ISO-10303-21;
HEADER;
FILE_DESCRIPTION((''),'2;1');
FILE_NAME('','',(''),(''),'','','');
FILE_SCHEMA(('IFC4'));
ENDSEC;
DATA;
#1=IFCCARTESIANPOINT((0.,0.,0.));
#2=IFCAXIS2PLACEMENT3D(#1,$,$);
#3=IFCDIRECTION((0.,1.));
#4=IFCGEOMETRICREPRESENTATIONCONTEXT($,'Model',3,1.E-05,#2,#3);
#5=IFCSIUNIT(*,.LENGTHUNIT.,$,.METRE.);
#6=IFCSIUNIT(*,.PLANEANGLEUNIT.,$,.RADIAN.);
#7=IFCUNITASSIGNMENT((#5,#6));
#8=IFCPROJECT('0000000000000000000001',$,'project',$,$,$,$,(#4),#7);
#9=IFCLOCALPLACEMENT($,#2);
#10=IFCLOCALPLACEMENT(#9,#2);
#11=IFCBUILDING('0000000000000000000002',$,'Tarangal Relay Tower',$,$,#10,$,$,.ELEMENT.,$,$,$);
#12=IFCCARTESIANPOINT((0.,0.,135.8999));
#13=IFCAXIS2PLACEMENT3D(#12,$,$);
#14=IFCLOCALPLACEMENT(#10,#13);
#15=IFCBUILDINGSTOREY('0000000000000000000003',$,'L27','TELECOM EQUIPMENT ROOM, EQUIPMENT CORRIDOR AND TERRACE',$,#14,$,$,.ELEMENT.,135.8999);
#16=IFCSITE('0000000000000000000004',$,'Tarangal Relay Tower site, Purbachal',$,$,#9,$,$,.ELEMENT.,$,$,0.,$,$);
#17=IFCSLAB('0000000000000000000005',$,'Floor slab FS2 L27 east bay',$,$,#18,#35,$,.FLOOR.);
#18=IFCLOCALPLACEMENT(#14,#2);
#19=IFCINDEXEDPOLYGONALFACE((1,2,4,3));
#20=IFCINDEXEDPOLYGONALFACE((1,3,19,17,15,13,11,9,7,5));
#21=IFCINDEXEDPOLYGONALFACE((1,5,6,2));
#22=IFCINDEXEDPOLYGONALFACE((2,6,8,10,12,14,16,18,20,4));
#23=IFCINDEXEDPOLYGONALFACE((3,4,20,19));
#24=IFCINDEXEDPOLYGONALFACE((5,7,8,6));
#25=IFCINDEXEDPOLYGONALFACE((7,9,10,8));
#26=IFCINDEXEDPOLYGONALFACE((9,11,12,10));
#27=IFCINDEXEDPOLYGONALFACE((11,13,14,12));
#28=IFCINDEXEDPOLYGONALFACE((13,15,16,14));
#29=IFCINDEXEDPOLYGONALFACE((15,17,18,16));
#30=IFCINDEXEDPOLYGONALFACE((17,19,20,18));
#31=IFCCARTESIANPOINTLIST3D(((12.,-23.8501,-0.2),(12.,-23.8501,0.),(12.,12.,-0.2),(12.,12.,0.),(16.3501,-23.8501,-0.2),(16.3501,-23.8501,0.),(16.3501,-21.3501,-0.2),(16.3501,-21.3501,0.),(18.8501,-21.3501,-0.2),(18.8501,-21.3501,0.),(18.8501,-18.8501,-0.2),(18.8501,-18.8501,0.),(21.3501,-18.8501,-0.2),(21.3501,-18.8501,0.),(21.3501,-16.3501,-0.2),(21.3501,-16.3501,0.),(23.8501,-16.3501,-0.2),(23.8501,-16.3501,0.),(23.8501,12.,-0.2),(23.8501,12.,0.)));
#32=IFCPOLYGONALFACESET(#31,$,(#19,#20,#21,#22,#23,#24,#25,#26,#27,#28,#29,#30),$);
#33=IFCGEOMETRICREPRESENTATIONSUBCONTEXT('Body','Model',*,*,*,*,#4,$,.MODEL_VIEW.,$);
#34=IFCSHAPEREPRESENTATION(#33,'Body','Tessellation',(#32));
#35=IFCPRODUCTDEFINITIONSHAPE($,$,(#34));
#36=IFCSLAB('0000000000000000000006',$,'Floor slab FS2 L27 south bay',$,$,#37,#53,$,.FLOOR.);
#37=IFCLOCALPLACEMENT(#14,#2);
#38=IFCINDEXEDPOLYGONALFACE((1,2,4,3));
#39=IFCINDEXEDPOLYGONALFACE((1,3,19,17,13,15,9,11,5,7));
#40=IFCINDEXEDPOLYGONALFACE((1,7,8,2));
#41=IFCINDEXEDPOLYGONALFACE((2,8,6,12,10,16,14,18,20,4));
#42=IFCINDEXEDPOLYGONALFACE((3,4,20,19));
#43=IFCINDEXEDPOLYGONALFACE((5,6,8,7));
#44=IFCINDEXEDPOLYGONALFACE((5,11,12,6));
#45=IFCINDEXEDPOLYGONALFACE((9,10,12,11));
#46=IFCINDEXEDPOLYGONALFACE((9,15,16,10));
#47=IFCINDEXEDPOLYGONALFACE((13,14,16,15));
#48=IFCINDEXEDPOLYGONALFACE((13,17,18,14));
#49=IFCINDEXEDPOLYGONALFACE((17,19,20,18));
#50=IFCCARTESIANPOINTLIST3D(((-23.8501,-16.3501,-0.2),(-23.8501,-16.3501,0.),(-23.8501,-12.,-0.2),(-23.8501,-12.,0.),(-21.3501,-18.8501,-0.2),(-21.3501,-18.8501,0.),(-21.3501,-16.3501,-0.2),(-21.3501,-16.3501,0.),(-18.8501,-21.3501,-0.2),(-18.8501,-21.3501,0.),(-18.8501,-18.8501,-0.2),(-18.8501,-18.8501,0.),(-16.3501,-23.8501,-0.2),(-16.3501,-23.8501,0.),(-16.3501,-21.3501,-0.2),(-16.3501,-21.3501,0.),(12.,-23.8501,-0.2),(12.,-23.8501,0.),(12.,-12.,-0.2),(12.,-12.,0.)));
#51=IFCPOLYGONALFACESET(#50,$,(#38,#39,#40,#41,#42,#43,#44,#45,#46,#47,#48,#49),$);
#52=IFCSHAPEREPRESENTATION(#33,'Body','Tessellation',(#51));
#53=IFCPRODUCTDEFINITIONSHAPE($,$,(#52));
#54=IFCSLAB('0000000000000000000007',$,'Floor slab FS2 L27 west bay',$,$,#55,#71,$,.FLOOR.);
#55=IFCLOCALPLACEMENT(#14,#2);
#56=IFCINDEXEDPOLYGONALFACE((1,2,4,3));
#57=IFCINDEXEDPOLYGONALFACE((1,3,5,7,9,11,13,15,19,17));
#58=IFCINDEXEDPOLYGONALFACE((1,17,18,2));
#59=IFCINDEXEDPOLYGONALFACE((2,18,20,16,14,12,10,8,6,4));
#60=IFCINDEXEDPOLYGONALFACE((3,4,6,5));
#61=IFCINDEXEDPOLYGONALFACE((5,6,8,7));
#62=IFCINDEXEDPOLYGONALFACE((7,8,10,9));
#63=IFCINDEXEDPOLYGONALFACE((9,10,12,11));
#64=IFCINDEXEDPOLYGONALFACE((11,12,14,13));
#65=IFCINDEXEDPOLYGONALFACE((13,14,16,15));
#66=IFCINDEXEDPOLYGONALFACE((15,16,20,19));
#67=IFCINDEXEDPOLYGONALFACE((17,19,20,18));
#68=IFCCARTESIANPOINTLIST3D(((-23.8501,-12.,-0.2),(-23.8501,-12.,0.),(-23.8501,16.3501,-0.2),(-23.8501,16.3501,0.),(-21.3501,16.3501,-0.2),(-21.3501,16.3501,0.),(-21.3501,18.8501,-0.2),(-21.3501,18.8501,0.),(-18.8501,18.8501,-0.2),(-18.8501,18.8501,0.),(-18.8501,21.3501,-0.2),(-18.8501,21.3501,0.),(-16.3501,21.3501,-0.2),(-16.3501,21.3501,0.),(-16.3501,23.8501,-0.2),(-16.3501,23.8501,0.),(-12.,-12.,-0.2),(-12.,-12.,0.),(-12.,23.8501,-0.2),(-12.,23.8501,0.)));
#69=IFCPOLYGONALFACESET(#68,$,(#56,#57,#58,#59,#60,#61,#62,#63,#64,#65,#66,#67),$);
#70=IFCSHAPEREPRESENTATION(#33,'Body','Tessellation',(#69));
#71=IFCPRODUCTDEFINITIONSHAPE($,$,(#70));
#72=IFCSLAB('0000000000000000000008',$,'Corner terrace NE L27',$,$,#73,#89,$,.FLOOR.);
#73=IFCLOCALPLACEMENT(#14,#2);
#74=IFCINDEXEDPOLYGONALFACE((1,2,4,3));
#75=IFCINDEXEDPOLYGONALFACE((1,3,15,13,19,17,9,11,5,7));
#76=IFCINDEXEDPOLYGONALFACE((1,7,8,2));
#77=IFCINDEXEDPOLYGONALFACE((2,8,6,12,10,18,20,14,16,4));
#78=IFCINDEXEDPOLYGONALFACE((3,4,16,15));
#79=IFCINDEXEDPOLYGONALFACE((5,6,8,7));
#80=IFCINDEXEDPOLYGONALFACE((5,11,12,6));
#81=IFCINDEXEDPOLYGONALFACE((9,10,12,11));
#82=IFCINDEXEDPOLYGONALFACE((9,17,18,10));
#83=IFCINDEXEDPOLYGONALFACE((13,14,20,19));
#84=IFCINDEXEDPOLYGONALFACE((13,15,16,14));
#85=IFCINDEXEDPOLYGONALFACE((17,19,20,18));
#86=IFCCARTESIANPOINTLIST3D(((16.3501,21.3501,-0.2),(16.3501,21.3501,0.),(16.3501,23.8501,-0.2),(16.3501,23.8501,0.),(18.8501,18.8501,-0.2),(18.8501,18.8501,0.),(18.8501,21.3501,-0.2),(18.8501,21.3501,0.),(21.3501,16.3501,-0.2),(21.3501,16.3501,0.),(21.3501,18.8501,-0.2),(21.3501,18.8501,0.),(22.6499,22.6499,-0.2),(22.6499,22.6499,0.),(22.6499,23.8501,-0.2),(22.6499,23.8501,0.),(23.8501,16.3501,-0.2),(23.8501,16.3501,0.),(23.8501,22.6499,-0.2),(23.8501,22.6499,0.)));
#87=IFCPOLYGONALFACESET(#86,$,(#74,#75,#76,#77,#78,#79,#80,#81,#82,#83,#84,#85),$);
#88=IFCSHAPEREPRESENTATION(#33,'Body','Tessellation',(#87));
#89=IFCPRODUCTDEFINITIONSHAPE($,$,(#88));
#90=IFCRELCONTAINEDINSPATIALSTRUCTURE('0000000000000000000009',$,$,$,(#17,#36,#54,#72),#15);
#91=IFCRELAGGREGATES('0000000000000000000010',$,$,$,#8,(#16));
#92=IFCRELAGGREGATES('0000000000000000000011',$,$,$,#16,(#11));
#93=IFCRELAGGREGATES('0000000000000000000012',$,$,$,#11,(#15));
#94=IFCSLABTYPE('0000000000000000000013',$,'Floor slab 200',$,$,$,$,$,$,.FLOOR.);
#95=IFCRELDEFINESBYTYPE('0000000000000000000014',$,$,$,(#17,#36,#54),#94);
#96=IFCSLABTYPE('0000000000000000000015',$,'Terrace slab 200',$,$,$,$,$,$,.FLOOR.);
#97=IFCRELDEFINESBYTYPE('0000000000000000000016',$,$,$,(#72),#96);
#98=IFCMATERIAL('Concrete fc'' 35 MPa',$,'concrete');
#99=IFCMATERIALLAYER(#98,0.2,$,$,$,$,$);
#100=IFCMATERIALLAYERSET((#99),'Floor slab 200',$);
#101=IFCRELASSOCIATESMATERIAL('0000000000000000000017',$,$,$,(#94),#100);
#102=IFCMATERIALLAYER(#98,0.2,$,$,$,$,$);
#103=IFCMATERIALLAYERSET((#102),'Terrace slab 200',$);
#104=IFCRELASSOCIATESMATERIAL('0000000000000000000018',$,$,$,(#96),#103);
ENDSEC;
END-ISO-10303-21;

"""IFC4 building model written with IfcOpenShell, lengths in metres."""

from ifc_helpers import new_model, si_unit, direction, frame, origin, place, context, subcontext, project, spatial, polyline, outline, extrude, material, layer, layer_set, type_object, element, save


model = new_model("IFC4")

# Units and contexts
model_context = context("Model", 3, precision=1e-05, world=origin(), true_north=direction((0.0, 1.0)))
body_context = subcontext(model_context, "Body", "Model", "MODEL_VIEW")
ifc_project = project(units=[si_unit("LENGTHUNIT", "METRE"), si_unit("PLANEANGLEUNIT", "RADIAN")], contexts=[model_context])

# Site, building, storey
site_placement = place(None, origin())
site = spatial("IfcSite", under=ifc_project, at=site_placement, Name="Tarangal Relay Tower site, Purbachal", CompositionType="ELEMENT", RefElevation=0.0)
building_placement = place(site_placement, origin())
building = spatial("IfcBuilding", under=site, at=building_placement, Name="Tarangal Relay Tower", CompositionType="ELEMENT")
storey_placement = place(building_placement, frame((0.0, 0.0, 135.8999)))
storey = spatial("IfcBuildingStorey", under=building, at=storey_placement, Name="L27", Description="TELECOM EQUIPMENT ROOM, EQUIPMENT CORRIDOR AND TERRACE", CompositionType="ELEMENT", Elevation=135.8999)

# Slabs
ifc_material_1 = material(Name="Concrete fc' 35 MPa", Category="concrete")
ifc_layer_1 = layer(ifc_material_1, 0.2)
ifc_layer_set_1 = layer_set([ifc_layer_1], Name="Floor slab 200")
slab_type_1 = type_object("IfcSlabType", Name="Floor slab 200", PredefinedType="FLOOR", material=ifc_layer_set_1)
slab_1_placement = place(storey_placement, frame((0.0, 0.0, -0.2)))
element("IfcSlab", 1, at=slab_1_placement, inside=storey, type_object=slab_type_1, Name="Floor slab FS2 L27 east bay", PredefinedType="FLOOR", context=body_context, shape_type="SweptSolid", body=[
    extrude(outline(polyline([(23.8501, -16.3501), (21.3501, -16.3501), (21.3501, -18.8501), (18.8501, -18.8501), (18.8501, -21.3501), (16.3501, -21.3501), (16.3501, -23.8501), (12.0, -23.8501), (12.0, 12.0), (23.8501, 12.0), (23.8501, -16.3501)])), origin(), (0.0, 0.0, 1.0), 0.2),
])
slab_2_placement = place(storey_placement, frame((0.0, 0.0, -0.2)))
element("IfcSlab", 2, at=slab_2_placement, inside=storey, type_object=slab_type_1, Name="Floor slab FS2 L27 south bay", PredefinedType="FLOOR", context=body_context, shape_type="SweptSolid", body=[
    extrude(outline(polyline([(-16.3501, -23.8501), (-16.3501, -21.3501), (-18.8501, -21.3501), (-18.8501, -18.8501), (-21.3501, -18.8501), (-21.3501, -16.3501), (-23.8501, -16.3501), (-23.8501, -12.0), (12.0, -12.0), (12.0, -23.8501), (-16.3501, -23.8501)])), origin(), (0.0, 0.0, 1.0), 0.2),
])
slab_3_placement = place(storey_placement, frame((0.0, 0.0, -0.2)))
element("IfcSlab", 3, at=slab_3_placement, inside=storey, type_object=slab_type_1, Name="Floor slab FS2 L27 west bay", PredefinedType="FLOOR", context=body_context, shape_type="SweptSolid", body=[
    extrude(outline(polyline([(-12.0, 23.8501), (-12.0, -12.0), (-23.8501, -12.0), (-23.8501, 16.3501), (-21.3501, 16.3501), (-21.3501, 18.8501), (-18.8501, 18.8501), (-18.8501, 21.3501), (-16.3501, 21.3501), (-16.3501, 23.8501), (-12.0, 23.8501)])), origin(), (0.0, 0.0, 1.0), 0.2),
])
ifc_layer_2 = layer(ifc_material_1, 0.2)
ifc_layer_set_2 = layer_set([ifc_layer_2], Name="Terrace slab 200")
slab_type_2 = type_object("IfcSlabType", Name="Terrace slab 200", PredefinedType="FLOOR", material=ifc_layer_set_2)
slab_4_placement = place(storey_placement, frame((0.0, 0.0, -0.2)))
element("IfcSlab", 4, at=slab_4_placement, inside=storey, type_object=slab_type_2, Name="Corner terrace NE L27", PredefinedType="FLOOR", context=body_context, shape_type="SweptSolid", body=[
    extrude(outline(polyline([(16.3501, 23.8501), (16.3501, 21.3501), (18.8501, 21.3501), (18.8501, 18.8501), (21.3501, 18.8501), (21.3501, 16.3501), (23.8501, 16.3501), (23.8501, 22.6499), (22.6499, 22.6499), (22.6499, 23.8501), (16.3501, 23.8501)])), origin(), (0.0, 0.0, 1.0), 0.2),
])

save(model, "model.ifc")
